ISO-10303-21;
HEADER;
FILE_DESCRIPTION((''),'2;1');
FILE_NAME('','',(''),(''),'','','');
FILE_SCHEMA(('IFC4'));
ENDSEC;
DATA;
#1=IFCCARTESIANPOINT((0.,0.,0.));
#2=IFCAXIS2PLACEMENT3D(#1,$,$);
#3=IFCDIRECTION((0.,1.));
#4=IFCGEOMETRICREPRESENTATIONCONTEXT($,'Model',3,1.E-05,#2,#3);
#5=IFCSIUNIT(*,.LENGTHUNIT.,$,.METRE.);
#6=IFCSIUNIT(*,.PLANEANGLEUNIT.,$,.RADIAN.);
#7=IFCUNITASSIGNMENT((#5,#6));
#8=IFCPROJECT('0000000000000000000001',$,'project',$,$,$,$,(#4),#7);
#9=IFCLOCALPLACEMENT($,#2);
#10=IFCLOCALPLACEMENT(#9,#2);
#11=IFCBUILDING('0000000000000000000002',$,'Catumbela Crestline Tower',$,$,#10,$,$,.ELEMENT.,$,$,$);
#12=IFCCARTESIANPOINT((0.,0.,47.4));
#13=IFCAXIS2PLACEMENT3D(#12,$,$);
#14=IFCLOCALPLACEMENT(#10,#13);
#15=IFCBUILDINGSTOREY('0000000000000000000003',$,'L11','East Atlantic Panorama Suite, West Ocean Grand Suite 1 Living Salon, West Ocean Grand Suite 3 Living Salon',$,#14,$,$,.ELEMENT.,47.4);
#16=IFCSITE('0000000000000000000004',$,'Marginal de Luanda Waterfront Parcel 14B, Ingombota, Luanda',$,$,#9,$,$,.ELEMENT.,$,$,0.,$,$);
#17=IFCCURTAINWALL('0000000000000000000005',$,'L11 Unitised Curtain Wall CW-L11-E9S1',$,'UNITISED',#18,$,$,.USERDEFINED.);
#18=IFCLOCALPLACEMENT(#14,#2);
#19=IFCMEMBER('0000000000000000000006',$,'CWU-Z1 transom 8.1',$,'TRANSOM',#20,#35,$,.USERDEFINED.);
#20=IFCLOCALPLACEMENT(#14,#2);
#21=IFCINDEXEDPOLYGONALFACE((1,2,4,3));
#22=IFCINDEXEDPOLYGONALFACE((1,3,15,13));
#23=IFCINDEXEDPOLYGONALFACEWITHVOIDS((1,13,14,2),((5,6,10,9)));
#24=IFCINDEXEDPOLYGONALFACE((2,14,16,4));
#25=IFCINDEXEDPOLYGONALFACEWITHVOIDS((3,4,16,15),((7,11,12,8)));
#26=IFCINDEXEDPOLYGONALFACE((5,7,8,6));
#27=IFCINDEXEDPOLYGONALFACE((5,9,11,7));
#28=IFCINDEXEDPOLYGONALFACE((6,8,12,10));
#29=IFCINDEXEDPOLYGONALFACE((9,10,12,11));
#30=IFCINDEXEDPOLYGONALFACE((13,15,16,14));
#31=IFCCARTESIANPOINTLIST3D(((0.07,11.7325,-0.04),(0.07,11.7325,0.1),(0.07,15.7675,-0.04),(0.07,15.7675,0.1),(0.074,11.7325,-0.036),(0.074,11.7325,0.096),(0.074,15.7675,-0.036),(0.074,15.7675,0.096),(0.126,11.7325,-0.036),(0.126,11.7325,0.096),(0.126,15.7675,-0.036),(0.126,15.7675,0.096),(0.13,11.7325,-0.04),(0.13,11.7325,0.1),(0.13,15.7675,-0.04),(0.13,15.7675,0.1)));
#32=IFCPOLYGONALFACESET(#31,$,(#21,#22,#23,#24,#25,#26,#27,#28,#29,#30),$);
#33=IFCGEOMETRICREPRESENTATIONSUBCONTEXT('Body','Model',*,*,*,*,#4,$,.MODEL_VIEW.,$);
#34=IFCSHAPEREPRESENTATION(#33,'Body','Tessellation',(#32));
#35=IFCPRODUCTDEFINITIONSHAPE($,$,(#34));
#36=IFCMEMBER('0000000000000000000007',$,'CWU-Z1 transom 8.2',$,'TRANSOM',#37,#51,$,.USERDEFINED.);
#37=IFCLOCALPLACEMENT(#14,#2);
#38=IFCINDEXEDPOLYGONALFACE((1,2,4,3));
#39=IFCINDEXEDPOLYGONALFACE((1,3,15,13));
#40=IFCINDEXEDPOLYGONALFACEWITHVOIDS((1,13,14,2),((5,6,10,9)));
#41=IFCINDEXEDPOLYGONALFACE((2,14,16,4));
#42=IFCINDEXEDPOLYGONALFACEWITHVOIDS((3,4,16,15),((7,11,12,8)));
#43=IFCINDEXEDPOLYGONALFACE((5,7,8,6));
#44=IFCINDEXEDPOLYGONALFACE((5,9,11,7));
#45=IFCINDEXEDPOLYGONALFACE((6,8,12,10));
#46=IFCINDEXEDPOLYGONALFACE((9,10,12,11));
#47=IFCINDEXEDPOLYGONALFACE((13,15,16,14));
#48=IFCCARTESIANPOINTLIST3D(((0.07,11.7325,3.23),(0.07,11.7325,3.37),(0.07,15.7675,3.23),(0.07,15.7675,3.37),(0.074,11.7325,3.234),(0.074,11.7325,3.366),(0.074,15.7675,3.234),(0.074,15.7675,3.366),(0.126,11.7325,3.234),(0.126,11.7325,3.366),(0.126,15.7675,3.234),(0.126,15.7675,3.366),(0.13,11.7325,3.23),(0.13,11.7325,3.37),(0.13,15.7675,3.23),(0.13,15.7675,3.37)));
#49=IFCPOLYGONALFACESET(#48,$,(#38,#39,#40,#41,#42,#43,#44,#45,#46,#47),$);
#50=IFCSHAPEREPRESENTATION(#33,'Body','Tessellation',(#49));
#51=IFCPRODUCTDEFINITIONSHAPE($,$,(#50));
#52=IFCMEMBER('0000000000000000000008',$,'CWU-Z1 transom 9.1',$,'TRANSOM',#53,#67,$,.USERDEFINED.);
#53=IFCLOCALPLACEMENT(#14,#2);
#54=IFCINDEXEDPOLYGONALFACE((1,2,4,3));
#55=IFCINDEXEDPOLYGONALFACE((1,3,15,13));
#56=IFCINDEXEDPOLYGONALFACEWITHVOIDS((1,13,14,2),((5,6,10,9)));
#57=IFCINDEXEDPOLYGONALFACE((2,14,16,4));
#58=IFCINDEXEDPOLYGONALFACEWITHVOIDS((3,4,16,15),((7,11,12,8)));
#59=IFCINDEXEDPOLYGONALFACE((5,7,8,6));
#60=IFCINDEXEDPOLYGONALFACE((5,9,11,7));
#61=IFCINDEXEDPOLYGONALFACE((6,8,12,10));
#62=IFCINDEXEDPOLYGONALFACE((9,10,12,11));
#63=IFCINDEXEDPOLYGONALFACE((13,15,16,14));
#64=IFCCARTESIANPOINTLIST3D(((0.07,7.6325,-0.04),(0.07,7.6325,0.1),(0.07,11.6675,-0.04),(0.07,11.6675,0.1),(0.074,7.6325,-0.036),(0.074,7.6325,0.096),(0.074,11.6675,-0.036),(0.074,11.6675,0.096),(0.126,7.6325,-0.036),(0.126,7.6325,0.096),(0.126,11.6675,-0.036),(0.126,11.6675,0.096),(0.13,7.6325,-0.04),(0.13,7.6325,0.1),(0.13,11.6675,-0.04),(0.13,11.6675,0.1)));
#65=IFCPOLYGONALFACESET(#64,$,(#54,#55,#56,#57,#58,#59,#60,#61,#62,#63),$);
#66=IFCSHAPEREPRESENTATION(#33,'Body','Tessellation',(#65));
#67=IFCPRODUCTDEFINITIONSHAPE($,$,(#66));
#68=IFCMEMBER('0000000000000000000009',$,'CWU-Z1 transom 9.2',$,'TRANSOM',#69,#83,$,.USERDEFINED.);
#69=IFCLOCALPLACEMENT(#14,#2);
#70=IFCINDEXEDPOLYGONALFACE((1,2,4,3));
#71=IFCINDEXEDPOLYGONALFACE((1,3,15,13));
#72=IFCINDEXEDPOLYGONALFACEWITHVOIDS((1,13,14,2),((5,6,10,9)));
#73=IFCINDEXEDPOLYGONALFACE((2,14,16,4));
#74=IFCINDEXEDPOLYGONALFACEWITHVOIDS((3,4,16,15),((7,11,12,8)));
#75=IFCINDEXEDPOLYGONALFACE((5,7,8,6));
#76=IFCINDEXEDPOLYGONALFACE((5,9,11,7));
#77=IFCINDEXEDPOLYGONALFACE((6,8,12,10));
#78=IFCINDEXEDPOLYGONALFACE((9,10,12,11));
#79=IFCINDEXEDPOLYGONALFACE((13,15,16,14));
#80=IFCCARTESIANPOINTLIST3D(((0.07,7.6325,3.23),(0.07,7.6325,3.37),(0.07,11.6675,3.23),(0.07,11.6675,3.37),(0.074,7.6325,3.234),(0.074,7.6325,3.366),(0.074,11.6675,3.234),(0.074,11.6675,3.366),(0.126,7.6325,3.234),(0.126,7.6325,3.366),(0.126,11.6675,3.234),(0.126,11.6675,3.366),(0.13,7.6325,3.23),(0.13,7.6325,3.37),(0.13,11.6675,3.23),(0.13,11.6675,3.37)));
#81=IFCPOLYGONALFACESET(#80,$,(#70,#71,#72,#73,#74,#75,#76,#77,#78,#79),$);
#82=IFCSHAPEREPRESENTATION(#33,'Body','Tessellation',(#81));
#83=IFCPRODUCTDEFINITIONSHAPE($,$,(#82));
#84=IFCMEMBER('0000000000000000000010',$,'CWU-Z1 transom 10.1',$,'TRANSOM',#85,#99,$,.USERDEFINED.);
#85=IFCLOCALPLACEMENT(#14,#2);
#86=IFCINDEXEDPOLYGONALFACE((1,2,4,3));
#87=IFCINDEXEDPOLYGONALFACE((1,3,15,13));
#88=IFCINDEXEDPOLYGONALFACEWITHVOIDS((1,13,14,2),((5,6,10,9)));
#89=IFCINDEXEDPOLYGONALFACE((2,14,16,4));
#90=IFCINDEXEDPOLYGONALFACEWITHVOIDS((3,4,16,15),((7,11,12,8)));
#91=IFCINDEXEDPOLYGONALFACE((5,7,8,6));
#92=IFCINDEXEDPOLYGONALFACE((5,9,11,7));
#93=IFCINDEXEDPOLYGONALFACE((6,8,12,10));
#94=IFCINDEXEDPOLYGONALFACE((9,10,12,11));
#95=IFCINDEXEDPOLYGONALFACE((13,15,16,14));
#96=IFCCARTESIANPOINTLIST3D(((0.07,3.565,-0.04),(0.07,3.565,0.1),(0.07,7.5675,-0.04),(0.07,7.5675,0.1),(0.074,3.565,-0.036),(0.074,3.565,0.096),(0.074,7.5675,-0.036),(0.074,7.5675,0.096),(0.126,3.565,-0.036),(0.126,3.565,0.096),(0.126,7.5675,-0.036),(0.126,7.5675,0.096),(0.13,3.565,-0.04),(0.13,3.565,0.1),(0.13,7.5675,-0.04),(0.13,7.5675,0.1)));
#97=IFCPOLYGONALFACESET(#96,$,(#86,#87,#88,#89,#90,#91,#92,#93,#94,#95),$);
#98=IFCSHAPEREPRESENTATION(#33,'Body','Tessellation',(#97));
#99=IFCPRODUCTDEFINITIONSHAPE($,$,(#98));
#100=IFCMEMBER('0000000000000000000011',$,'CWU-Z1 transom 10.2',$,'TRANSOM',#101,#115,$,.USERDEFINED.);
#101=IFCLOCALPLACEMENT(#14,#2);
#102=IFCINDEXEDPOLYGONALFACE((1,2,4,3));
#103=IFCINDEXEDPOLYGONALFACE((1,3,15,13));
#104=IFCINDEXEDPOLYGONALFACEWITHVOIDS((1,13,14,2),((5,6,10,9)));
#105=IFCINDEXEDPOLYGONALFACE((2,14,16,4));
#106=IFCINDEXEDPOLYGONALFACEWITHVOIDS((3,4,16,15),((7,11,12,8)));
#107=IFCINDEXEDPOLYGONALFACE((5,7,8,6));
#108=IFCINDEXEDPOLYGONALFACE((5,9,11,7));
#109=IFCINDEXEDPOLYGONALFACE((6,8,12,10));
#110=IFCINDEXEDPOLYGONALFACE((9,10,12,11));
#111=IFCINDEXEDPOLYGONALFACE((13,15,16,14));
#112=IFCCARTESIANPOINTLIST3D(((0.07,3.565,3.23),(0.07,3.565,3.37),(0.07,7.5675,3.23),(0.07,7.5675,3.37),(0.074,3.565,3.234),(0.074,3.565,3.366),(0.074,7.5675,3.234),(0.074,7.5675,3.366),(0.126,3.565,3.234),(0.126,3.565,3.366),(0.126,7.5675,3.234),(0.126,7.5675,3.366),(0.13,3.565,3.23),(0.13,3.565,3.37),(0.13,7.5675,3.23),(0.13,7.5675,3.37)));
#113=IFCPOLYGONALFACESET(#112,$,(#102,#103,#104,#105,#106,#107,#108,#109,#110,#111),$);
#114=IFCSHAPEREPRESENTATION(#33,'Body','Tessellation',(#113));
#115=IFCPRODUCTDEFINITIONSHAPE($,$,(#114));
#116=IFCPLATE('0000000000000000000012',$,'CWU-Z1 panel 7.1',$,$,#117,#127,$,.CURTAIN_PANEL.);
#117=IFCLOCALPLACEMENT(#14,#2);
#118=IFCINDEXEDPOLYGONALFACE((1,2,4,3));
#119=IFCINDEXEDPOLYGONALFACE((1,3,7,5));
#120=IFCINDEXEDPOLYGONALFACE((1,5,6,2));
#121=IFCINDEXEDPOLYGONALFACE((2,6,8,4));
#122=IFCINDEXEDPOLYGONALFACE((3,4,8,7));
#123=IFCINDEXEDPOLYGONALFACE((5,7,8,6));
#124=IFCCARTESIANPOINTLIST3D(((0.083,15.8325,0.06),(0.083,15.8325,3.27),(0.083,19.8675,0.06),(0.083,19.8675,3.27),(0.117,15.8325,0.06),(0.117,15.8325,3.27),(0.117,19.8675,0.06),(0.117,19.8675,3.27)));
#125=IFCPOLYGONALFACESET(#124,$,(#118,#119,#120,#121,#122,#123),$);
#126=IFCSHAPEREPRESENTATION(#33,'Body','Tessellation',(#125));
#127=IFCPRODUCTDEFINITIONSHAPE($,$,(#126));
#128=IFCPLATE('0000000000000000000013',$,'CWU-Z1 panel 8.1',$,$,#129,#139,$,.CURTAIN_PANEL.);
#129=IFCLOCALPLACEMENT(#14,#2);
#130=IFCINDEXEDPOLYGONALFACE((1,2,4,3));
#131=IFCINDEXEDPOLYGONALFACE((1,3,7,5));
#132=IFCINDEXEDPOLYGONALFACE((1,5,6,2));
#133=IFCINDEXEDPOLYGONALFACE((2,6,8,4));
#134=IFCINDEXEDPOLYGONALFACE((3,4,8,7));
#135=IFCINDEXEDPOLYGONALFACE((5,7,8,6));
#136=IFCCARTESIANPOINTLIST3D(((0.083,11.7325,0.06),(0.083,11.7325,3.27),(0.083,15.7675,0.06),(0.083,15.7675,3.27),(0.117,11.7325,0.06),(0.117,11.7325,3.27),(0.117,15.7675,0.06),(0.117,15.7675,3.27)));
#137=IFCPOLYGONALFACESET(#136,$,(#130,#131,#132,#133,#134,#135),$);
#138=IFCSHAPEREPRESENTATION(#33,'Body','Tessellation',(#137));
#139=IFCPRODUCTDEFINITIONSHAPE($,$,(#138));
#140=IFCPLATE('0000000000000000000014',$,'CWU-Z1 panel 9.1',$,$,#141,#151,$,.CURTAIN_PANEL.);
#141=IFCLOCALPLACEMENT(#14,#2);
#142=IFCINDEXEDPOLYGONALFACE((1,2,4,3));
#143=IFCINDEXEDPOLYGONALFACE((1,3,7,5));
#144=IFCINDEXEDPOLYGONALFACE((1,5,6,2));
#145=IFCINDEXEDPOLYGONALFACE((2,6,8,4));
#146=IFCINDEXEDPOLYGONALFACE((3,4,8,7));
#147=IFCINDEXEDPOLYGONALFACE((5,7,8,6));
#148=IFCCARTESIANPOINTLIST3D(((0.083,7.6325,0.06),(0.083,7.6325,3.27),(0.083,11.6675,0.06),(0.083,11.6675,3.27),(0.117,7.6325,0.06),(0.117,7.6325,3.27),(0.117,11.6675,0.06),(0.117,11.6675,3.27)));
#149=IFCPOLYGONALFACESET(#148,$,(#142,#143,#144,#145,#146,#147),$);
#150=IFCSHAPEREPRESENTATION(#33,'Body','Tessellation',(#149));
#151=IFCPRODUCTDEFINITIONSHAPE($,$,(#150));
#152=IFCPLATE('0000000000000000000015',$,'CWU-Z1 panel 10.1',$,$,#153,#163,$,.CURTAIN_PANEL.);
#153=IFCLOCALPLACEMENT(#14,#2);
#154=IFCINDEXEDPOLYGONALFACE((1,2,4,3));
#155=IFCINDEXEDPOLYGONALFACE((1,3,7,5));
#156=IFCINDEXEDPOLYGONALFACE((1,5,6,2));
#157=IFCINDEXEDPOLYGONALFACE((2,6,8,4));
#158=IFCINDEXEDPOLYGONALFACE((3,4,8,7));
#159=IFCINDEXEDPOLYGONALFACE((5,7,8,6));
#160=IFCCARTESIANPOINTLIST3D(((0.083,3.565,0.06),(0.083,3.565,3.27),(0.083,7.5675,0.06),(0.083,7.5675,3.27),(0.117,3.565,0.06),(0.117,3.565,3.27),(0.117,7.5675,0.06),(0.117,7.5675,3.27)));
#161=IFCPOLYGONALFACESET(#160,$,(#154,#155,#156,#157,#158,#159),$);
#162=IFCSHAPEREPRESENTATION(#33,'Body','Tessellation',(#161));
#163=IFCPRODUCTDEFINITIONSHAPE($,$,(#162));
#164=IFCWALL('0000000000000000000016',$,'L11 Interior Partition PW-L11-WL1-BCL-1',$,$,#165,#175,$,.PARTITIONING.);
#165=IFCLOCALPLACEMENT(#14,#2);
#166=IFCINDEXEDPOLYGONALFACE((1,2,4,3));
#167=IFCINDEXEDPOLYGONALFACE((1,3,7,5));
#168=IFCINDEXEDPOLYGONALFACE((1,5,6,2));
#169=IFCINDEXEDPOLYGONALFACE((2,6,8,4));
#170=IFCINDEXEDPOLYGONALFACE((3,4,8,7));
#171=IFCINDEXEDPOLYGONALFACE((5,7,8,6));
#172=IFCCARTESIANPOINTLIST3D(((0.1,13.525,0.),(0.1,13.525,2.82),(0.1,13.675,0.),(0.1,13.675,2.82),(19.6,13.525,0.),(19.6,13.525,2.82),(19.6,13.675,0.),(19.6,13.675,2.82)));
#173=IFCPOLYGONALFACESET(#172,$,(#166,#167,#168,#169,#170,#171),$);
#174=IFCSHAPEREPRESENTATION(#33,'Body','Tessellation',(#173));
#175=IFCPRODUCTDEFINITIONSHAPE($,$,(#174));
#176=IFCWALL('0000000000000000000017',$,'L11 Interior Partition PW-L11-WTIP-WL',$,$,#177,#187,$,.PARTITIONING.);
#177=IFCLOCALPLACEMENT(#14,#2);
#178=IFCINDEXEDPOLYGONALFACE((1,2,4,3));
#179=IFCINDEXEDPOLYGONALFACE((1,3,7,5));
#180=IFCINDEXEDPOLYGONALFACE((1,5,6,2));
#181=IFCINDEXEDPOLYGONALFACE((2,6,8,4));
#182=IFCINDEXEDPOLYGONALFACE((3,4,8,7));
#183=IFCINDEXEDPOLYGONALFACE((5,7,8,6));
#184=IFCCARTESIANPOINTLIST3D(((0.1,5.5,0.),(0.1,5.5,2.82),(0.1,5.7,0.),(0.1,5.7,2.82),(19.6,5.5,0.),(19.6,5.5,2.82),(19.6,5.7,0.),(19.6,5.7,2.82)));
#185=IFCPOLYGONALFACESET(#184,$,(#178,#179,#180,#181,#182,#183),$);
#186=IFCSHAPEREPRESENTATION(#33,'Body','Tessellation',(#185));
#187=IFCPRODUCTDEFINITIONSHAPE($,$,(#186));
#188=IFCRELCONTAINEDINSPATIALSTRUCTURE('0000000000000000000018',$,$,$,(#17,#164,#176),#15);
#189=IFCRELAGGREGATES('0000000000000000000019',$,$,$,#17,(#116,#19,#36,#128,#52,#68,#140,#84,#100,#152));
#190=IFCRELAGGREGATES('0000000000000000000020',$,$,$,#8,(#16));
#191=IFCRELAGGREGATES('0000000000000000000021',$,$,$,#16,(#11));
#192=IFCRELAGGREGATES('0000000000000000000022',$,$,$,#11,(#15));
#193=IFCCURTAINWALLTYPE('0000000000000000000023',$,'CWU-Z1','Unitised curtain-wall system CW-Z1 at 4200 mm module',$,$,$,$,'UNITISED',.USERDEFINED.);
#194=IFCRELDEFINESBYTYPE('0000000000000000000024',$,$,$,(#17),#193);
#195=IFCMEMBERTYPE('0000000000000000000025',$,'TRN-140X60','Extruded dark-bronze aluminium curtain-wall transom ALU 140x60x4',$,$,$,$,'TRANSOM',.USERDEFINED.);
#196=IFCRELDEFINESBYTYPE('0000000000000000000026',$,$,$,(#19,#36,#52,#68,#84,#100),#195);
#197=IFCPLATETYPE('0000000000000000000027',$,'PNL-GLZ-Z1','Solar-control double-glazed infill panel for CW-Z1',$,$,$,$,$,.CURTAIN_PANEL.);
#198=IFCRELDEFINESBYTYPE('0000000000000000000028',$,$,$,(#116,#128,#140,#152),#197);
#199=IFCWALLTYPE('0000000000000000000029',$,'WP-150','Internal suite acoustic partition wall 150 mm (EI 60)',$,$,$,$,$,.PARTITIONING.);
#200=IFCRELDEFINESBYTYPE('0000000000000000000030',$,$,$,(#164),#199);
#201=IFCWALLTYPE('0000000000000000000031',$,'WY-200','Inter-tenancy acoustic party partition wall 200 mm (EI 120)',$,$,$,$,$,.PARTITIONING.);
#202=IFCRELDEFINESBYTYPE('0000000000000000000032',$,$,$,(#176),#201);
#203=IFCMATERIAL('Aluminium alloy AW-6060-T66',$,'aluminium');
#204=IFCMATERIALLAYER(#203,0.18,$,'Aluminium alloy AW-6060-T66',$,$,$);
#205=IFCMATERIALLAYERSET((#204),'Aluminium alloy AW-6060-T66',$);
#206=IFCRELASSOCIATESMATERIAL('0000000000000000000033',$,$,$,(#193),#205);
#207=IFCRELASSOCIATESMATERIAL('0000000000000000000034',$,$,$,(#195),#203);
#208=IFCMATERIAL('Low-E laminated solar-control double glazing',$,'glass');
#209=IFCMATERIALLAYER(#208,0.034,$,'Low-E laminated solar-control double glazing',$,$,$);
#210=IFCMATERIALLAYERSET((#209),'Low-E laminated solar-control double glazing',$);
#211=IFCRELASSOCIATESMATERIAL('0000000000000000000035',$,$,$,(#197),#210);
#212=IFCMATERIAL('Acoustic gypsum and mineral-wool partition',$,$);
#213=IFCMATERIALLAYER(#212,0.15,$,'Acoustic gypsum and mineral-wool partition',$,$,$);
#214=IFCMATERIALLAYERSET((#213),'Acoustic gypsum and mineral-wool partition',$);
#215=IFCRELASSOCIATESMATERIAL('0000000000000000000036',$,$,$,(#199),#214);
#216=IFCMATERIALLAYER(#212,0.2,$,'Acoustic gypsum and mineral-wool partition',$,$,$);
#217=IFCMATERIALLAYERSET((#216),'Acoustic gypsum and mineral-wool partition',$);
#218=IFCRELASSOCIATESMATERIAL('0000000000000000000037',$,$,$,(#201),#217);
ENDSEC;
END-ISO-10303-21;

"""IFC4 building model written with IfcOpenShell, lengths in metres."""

from ifc_helpers import new_model, si_unit, direction, frame, frame_2d, origin, origin_2d, place, context, subcontext, project, spatial, rectangle, hollow_rectangle, extrude, material, layer, layer_set, material_profile, profile_set, type_object, element, aggregate, save


model = new_model("IFC4")

# Units and contexts
model_context = context("Model", 3, precision=1e-05, world=origin(), true_north=direction((0.0, 1.0)))
body_context = subcontext(model_context, "Body", "Model", "MODEL_VIEW")
ifc_project = project(units=[si_unit("LENGTHUNIT", "METRE"), si_unit("PLANEANGLEUNIT", "RADIAN")], contexts=[model_context])

# Site, building, storey
site_placement = place(None, origin())
site = spatial("IfcSite", under=ifc_project, at=site_placement, Name="Marginal de Luanda Waterfront Parcel 14B, Ingombota, Luanda", CompositionType="ELEMENT", RefElevation=0.0)
building_placement = place(site_placement, origin())
building = spatial("IfcBuilding", under=site, at=building_placement, Name="Catumbela Crestline Tower", CompositionType="ELEMENT")
storey_placement = place(building_placement, frame((0.0, 0.0, 47.4)))
storey = spatial("IfcBuildingStorey", under=building, at=storey_placement, Name="L11", Description="East Atlantic Panorama Suite, West Ocean Grand Suite 1 Living Salon, West Ocean Grand Suite 3 Living Salon", CompositionType="ELEMENT", Elevation=47.4)

# Curtain wall
ifc_material_1 = material(Name="Aluminium alloy AW-6060-T66", Category="aluminium")
ifc_layer_1 = layer(ifc_material_1, 0.18, Name="Aluminium alloy AW-6060-T66")
ifc_layer_set_1 = layer_set([ifc_layer_1], Name="Aluminium alloy AW-6060-T66")
curtain_wall_type = type_object("IfcCurtainWallType", Name="CWU-Z1", Description="Unitised curtain-wall system CW-Z1 at 4200 mm module", ElementType="UNITISED", PredefinedType="USERDEFINED", material=ifc_layer_set_1)
curtain_wall_placement = place(storey_placement, origin())
curtain_wall = element("IfcCurtainWall", 1, at=curtain_wall_placement, inside=storey, type_object=curtain_wall_type, Name="L11 Unitised Curtain Wall CW-L11-E9S1", ObjectType="UNITISED", PredefinedType="USERDEFINED")

# Members
ifc_material_profile_1 = material_profile(ifc_material_1, hollow_rectangle(XDim=0.06, YDim=0.14, WallThickness=0.004, at=origin_2d()), Name="ALU 140x60x4")
ifc_profile_set_1 = profile_set([ifc_material_profile_1], Name="Aluminium alloy AW-6060-T66")
member_type_1 = type_object("IfcMemberType", Name="TRN-140X60", Description="Extruded dark-bronze aluminium curtain-wall transom ALU 140x60x4", ElementType="TRANSOM", PredefinedType="USERDEFINED", material=ifc_profile_set_1)
member_1_placement = place(storey_placement, frame((0.1, 15.7675, 0.03), z_axis=(0.0, -1.0, 0.0), x_axis=(1.0, 0.0, 0.0)))
member_1 = element("IfcMember", 2, at=member_1_placement, type_object=member_type_1, Name="CWU-Z1 transom 8.1", ObjectType="TRANSOM", PredefinedType="USERDEFINED", context=body_context, shape_type="SweptSolid", body=[
    extrude(hollow_rectangle(XDim=0.06, YDim=0.14, WallThickness=0.004, at=origin_2d()), origin(), (0.0, 0.0, 1.0), 4.035),
])
member_2_placement = place(storey_placement, frame((0.1, 15.7675, 3.3), z_axis=(0.0, -1.0, 0.0), x_axis=(1.0, 0.0, 0.0)))
member_2 = element("IfcMember", 3, at=member_2_placement, type_object=member_type_1, Name="CWU-Z1 transom 8.2", ObjectType="TRANSOM", PredefinedType="USERDEFINED", context=body_context, shape_type="SweptSolid", body=[
    extrude(hollow_rectangle(XDim=0.06, YDim=0.14, WallThickness=0.004, at=origin_2d()), origin(), (0.0, 0.0, 1.0), 4.035),
])
member_3_placement = place(storey_placement, frame((0.1, 11.6675, 0.03), z_axis=(0.0, -1.0, 0.0), x_axis=(1.0, 0.0, 0.0)))
member_3 = element("IfcMember", 4, at=member_3_placement, type_object=member_type_1, Name="CWU-Z1 transom 9.1", ObjectType="TRANSOM", PredefinedType="USERDEFINED", context=body_context, shape_type="SweptSolid", body=[
    extrude(hollow_rectangle(XDim=0.06, YDim=0.14, WallThickness=0.004, at=origin_2d()), origin(), (0.0, 0.0, 1.0), 4.035),
])
member_4_placement = place(storey_placement, frame((0.1, 11.6675, 3.3), z_axis=(0.0, -1.0, 0.0), x_axis=(1.0, 0.0, 0.0)))
member_4 = element("IfcMember", 5, at=member_4_placement, type_object=member_type_1, Name="CWU-Z1 transom 9.2", ObjectType="TRANSOM", PredefinedType="USERDEFINED", context=body_context, shape_type="SweptSolid", body=[
    extrude(hollow_rectangle(XDim=0.06, YDim=0.14, WallThickness=0.004, at=origin_2d()), origin(), (0.0, 0.0, 1.0), 4.035),
])
member_5_placement = place(storey_placement, frame((0.1, 7.5675, 0.03), z_axis=(0.0, -1.0, 0.0), x_axis=(1.0, 0.0, 0.0)))
member_5 = element("IfcMember", 6, at=member_5_placement, type_object=member_type_1, Name="CWU-Z1 transom 10.1", ObjectType="TRANSOM", PredefinedType="USERDEFINED", context=body_context, shape_type="SweptSolid", body=[
    extrude(hollow_rectangle(XDim=0.06, YDim=0.14, WallThickness=0.004, at=origin_2d()), origin(), (0.0, 0.0, 1.0), 4.0025),
])
member_6_placement = place(storey_placement, frame((0.1, 7.5675, 3.3), z_axis=(0.0, -1.0, 0.0), x_axis=(1.0, 0.0, 0.0)))
member_6 = element("IfcMember", 7, at=member_6_placement, type_object=member_type_1, Name="CWU-Z1 transom 10.2", ObjectType="TRANSOM", PredefinedType="USERDEFINED", context=body_context, shape_type="SweptSolid", body=[
    extrude(hollow_rectangle(XDim=0.06, YDim=0.14, WallThickness=0.004, at=origin_2d()), origin(), (0.0, 0.0, 1.0), 4.0025),
])

# Plates
ifc_material_2 = material(Name="Low-E laminated solar-control double glazing", Category="glass")
ifc_layer_2 = layer(ifc_material_2, 0.034, Name="Low-E laminated solar-control double glazing")
ifc_layer_set_2 = layer_set([ifc_layer_2], Name="Low-E laminated solar-control double glazing")
plate_type = type_object("IfcPlateType", Name="PNL-GLZ-Z1", Description="Solar-control double-glazed infill panel for CW-Z1", PredefinedType="CURTAIN_PANEL", material=ifc_layer_set_2)
plate_1_placement = place(storey_placement, frame((0.1, 17.85, 0.06), z_axis=(0.0, 0.0, 1.0), x_axis=(0.0, -1.0, 0.0)))
plate_1 = element("IfcPlate", 8, at=plate_1_placement, type_object=plate_type, Name="CWU-Z1 panel 7.1", PredefinedType="CURTAIN_PANEL", context=body_context, shape_type="SweptSolid", body=[
    extrude(rectangle(XDim=4.035, YDim=0.034, at=origin_2d()), origin(), (0.0, 0.0, 1.0), 3.21),
])
plate_2_placement = place(storey_placement, frame((0.1, 13.75, 0.06), z_axis=(0.0, 0.0, 1.0), x_axis=(0.0, -1.0, 0.0)))
plate_2 = element("IfcPlate", 9, at=plate_2_placement, type_object=plate_type, Name="CWU-Z1 panel 8.1", PredefinedType="CURTAIN_PANEL", context=body_context, shape_type="SweptSolid", body=[
    extrude(rectangle(XDim=4.035, YDim=0.034, at=origin_2d()), origin(), (0.0, 0.0, 1.0), 3.21),
])
plate_3_placement = place(storey_placement, frame((0.1, 9.65, 0.06), z_axis=(0.0, 0.0, 1.0), x_axis=(0.0, -1.0, 0.0)))
plate_3 = element("IfcPlate", 10, at=plate_3_placement, type_object=plate_type, Name="CWU-Z1 panel 9.1", PredefinedType="CURTAIN_PANEL", context=body_context, shape_type="SweptSolid", body=[
    extrude(rectangle(XDim=4.035, YDim=0.034, at=origin_2d()), origin(), (0.0, 0.0, 1.0), 3.21),
])
plate_4_placement = place(storey_placement, frame((0.1, 5.5662, 0.06), z_axis=(0.0, 0.0, 1.0), x_axis=(0.0, -1.0, 0.0)))
plate_4 = element("IfcPlate", 11, at=plate_4_placement, type_object=plate_type, Name="CWU-Z1 panel 10.1", PredefinedType="CURTAIN_PANEL", context=body_context, shape_type="SweptSolid", body=[
    extrude(rectangle(XDim=4.0025, YDim=0.034, at=origin_2d()), origin(), (0.0, 0.0, 1.0), 3.21),
])
aggregate(curtain_wall, [plate_1, member_1, member_2, plate_2, member_3, member_4, plate_3, member_5, member_6, plate_4])

# Walls
ifc_material_3 = material(Name="Acoustic gypsum and mineral-wool partition")
ifc_layer_3 = layer(ifc_material_3, 0.15, Name="Acoustic gypsum and mineral-wool partition")
ifc_layer_set_3 = layer_set([ifc_layer_3], Name="Acoustic gypsum and mineral-wool partition")
wall_type_1 = type_object("IfcWallType", Name="WP-150", Description="Internal suite acoustic partition wall 150 mm (EI 60)", PredefinedType="PARTITIONING", material=ifc_layer_set_3)
wall_1_placement = place(storey_placement, frame((0.1, 13.6, 0.0), z_axis=(0.0, 0.0, 1.0), x_axis=(1.0, 0.0, 0.0)))
element("IfcWall", 12, at=wall_1_placement, inside=storey, type_object=wall_type_1, Name="L11 Interior Partition PW-L11-WL1-BCL-1", PredefinedType="PARTITIONING", context=body_context, shape_type="SweptSolid", body=[
    extrude(rectangle(XDim=19.5, YDim=0.15, at=frame_2d((9.75, 0.0))), origin(), (0.0, 0.0, 1.0), 2.82),
])
ifc_layer_4 = layer(ifc_material_3, 0.2, Name="Acoustic gypsum and mineral-wool partition")
ifc_layer_set_4 = layer_set([ifc_layer_4], Name="Acoustic gypsum and mineral-wool partition")
wall_type_2 = type_object("IfcWallType", Name="WY-200", Description="Inter-tenancy acoustic party partition wall 200 mm (EI 120)", PredefinedType="PARTITIONING", material=ifc_layer_set_4)
wall_2_placement = place(storey_placement, frame((0.1, 5.6, 0.0), z_axis=(0.0, 0.0, 1.0), x_axis=(1.0, 0.0, 0.0)))
element("IfcWall", 13, at=wall_2_placement, inside=storey, type_object=wall_type_2, Name="L11 Interior Partition PW-L11-WTIP-WL", PredefinedType="PARTITIONING", context=body_context, shape_type="SweptSolid", body=[
    extrude(rectangle(XDim=19.5, YDim=0.2, at=frame_2d((9.75, 0.0))), origin(), (0.0, 0.0, 1.0), 2.82),
])

save(model, "model.ifc")
